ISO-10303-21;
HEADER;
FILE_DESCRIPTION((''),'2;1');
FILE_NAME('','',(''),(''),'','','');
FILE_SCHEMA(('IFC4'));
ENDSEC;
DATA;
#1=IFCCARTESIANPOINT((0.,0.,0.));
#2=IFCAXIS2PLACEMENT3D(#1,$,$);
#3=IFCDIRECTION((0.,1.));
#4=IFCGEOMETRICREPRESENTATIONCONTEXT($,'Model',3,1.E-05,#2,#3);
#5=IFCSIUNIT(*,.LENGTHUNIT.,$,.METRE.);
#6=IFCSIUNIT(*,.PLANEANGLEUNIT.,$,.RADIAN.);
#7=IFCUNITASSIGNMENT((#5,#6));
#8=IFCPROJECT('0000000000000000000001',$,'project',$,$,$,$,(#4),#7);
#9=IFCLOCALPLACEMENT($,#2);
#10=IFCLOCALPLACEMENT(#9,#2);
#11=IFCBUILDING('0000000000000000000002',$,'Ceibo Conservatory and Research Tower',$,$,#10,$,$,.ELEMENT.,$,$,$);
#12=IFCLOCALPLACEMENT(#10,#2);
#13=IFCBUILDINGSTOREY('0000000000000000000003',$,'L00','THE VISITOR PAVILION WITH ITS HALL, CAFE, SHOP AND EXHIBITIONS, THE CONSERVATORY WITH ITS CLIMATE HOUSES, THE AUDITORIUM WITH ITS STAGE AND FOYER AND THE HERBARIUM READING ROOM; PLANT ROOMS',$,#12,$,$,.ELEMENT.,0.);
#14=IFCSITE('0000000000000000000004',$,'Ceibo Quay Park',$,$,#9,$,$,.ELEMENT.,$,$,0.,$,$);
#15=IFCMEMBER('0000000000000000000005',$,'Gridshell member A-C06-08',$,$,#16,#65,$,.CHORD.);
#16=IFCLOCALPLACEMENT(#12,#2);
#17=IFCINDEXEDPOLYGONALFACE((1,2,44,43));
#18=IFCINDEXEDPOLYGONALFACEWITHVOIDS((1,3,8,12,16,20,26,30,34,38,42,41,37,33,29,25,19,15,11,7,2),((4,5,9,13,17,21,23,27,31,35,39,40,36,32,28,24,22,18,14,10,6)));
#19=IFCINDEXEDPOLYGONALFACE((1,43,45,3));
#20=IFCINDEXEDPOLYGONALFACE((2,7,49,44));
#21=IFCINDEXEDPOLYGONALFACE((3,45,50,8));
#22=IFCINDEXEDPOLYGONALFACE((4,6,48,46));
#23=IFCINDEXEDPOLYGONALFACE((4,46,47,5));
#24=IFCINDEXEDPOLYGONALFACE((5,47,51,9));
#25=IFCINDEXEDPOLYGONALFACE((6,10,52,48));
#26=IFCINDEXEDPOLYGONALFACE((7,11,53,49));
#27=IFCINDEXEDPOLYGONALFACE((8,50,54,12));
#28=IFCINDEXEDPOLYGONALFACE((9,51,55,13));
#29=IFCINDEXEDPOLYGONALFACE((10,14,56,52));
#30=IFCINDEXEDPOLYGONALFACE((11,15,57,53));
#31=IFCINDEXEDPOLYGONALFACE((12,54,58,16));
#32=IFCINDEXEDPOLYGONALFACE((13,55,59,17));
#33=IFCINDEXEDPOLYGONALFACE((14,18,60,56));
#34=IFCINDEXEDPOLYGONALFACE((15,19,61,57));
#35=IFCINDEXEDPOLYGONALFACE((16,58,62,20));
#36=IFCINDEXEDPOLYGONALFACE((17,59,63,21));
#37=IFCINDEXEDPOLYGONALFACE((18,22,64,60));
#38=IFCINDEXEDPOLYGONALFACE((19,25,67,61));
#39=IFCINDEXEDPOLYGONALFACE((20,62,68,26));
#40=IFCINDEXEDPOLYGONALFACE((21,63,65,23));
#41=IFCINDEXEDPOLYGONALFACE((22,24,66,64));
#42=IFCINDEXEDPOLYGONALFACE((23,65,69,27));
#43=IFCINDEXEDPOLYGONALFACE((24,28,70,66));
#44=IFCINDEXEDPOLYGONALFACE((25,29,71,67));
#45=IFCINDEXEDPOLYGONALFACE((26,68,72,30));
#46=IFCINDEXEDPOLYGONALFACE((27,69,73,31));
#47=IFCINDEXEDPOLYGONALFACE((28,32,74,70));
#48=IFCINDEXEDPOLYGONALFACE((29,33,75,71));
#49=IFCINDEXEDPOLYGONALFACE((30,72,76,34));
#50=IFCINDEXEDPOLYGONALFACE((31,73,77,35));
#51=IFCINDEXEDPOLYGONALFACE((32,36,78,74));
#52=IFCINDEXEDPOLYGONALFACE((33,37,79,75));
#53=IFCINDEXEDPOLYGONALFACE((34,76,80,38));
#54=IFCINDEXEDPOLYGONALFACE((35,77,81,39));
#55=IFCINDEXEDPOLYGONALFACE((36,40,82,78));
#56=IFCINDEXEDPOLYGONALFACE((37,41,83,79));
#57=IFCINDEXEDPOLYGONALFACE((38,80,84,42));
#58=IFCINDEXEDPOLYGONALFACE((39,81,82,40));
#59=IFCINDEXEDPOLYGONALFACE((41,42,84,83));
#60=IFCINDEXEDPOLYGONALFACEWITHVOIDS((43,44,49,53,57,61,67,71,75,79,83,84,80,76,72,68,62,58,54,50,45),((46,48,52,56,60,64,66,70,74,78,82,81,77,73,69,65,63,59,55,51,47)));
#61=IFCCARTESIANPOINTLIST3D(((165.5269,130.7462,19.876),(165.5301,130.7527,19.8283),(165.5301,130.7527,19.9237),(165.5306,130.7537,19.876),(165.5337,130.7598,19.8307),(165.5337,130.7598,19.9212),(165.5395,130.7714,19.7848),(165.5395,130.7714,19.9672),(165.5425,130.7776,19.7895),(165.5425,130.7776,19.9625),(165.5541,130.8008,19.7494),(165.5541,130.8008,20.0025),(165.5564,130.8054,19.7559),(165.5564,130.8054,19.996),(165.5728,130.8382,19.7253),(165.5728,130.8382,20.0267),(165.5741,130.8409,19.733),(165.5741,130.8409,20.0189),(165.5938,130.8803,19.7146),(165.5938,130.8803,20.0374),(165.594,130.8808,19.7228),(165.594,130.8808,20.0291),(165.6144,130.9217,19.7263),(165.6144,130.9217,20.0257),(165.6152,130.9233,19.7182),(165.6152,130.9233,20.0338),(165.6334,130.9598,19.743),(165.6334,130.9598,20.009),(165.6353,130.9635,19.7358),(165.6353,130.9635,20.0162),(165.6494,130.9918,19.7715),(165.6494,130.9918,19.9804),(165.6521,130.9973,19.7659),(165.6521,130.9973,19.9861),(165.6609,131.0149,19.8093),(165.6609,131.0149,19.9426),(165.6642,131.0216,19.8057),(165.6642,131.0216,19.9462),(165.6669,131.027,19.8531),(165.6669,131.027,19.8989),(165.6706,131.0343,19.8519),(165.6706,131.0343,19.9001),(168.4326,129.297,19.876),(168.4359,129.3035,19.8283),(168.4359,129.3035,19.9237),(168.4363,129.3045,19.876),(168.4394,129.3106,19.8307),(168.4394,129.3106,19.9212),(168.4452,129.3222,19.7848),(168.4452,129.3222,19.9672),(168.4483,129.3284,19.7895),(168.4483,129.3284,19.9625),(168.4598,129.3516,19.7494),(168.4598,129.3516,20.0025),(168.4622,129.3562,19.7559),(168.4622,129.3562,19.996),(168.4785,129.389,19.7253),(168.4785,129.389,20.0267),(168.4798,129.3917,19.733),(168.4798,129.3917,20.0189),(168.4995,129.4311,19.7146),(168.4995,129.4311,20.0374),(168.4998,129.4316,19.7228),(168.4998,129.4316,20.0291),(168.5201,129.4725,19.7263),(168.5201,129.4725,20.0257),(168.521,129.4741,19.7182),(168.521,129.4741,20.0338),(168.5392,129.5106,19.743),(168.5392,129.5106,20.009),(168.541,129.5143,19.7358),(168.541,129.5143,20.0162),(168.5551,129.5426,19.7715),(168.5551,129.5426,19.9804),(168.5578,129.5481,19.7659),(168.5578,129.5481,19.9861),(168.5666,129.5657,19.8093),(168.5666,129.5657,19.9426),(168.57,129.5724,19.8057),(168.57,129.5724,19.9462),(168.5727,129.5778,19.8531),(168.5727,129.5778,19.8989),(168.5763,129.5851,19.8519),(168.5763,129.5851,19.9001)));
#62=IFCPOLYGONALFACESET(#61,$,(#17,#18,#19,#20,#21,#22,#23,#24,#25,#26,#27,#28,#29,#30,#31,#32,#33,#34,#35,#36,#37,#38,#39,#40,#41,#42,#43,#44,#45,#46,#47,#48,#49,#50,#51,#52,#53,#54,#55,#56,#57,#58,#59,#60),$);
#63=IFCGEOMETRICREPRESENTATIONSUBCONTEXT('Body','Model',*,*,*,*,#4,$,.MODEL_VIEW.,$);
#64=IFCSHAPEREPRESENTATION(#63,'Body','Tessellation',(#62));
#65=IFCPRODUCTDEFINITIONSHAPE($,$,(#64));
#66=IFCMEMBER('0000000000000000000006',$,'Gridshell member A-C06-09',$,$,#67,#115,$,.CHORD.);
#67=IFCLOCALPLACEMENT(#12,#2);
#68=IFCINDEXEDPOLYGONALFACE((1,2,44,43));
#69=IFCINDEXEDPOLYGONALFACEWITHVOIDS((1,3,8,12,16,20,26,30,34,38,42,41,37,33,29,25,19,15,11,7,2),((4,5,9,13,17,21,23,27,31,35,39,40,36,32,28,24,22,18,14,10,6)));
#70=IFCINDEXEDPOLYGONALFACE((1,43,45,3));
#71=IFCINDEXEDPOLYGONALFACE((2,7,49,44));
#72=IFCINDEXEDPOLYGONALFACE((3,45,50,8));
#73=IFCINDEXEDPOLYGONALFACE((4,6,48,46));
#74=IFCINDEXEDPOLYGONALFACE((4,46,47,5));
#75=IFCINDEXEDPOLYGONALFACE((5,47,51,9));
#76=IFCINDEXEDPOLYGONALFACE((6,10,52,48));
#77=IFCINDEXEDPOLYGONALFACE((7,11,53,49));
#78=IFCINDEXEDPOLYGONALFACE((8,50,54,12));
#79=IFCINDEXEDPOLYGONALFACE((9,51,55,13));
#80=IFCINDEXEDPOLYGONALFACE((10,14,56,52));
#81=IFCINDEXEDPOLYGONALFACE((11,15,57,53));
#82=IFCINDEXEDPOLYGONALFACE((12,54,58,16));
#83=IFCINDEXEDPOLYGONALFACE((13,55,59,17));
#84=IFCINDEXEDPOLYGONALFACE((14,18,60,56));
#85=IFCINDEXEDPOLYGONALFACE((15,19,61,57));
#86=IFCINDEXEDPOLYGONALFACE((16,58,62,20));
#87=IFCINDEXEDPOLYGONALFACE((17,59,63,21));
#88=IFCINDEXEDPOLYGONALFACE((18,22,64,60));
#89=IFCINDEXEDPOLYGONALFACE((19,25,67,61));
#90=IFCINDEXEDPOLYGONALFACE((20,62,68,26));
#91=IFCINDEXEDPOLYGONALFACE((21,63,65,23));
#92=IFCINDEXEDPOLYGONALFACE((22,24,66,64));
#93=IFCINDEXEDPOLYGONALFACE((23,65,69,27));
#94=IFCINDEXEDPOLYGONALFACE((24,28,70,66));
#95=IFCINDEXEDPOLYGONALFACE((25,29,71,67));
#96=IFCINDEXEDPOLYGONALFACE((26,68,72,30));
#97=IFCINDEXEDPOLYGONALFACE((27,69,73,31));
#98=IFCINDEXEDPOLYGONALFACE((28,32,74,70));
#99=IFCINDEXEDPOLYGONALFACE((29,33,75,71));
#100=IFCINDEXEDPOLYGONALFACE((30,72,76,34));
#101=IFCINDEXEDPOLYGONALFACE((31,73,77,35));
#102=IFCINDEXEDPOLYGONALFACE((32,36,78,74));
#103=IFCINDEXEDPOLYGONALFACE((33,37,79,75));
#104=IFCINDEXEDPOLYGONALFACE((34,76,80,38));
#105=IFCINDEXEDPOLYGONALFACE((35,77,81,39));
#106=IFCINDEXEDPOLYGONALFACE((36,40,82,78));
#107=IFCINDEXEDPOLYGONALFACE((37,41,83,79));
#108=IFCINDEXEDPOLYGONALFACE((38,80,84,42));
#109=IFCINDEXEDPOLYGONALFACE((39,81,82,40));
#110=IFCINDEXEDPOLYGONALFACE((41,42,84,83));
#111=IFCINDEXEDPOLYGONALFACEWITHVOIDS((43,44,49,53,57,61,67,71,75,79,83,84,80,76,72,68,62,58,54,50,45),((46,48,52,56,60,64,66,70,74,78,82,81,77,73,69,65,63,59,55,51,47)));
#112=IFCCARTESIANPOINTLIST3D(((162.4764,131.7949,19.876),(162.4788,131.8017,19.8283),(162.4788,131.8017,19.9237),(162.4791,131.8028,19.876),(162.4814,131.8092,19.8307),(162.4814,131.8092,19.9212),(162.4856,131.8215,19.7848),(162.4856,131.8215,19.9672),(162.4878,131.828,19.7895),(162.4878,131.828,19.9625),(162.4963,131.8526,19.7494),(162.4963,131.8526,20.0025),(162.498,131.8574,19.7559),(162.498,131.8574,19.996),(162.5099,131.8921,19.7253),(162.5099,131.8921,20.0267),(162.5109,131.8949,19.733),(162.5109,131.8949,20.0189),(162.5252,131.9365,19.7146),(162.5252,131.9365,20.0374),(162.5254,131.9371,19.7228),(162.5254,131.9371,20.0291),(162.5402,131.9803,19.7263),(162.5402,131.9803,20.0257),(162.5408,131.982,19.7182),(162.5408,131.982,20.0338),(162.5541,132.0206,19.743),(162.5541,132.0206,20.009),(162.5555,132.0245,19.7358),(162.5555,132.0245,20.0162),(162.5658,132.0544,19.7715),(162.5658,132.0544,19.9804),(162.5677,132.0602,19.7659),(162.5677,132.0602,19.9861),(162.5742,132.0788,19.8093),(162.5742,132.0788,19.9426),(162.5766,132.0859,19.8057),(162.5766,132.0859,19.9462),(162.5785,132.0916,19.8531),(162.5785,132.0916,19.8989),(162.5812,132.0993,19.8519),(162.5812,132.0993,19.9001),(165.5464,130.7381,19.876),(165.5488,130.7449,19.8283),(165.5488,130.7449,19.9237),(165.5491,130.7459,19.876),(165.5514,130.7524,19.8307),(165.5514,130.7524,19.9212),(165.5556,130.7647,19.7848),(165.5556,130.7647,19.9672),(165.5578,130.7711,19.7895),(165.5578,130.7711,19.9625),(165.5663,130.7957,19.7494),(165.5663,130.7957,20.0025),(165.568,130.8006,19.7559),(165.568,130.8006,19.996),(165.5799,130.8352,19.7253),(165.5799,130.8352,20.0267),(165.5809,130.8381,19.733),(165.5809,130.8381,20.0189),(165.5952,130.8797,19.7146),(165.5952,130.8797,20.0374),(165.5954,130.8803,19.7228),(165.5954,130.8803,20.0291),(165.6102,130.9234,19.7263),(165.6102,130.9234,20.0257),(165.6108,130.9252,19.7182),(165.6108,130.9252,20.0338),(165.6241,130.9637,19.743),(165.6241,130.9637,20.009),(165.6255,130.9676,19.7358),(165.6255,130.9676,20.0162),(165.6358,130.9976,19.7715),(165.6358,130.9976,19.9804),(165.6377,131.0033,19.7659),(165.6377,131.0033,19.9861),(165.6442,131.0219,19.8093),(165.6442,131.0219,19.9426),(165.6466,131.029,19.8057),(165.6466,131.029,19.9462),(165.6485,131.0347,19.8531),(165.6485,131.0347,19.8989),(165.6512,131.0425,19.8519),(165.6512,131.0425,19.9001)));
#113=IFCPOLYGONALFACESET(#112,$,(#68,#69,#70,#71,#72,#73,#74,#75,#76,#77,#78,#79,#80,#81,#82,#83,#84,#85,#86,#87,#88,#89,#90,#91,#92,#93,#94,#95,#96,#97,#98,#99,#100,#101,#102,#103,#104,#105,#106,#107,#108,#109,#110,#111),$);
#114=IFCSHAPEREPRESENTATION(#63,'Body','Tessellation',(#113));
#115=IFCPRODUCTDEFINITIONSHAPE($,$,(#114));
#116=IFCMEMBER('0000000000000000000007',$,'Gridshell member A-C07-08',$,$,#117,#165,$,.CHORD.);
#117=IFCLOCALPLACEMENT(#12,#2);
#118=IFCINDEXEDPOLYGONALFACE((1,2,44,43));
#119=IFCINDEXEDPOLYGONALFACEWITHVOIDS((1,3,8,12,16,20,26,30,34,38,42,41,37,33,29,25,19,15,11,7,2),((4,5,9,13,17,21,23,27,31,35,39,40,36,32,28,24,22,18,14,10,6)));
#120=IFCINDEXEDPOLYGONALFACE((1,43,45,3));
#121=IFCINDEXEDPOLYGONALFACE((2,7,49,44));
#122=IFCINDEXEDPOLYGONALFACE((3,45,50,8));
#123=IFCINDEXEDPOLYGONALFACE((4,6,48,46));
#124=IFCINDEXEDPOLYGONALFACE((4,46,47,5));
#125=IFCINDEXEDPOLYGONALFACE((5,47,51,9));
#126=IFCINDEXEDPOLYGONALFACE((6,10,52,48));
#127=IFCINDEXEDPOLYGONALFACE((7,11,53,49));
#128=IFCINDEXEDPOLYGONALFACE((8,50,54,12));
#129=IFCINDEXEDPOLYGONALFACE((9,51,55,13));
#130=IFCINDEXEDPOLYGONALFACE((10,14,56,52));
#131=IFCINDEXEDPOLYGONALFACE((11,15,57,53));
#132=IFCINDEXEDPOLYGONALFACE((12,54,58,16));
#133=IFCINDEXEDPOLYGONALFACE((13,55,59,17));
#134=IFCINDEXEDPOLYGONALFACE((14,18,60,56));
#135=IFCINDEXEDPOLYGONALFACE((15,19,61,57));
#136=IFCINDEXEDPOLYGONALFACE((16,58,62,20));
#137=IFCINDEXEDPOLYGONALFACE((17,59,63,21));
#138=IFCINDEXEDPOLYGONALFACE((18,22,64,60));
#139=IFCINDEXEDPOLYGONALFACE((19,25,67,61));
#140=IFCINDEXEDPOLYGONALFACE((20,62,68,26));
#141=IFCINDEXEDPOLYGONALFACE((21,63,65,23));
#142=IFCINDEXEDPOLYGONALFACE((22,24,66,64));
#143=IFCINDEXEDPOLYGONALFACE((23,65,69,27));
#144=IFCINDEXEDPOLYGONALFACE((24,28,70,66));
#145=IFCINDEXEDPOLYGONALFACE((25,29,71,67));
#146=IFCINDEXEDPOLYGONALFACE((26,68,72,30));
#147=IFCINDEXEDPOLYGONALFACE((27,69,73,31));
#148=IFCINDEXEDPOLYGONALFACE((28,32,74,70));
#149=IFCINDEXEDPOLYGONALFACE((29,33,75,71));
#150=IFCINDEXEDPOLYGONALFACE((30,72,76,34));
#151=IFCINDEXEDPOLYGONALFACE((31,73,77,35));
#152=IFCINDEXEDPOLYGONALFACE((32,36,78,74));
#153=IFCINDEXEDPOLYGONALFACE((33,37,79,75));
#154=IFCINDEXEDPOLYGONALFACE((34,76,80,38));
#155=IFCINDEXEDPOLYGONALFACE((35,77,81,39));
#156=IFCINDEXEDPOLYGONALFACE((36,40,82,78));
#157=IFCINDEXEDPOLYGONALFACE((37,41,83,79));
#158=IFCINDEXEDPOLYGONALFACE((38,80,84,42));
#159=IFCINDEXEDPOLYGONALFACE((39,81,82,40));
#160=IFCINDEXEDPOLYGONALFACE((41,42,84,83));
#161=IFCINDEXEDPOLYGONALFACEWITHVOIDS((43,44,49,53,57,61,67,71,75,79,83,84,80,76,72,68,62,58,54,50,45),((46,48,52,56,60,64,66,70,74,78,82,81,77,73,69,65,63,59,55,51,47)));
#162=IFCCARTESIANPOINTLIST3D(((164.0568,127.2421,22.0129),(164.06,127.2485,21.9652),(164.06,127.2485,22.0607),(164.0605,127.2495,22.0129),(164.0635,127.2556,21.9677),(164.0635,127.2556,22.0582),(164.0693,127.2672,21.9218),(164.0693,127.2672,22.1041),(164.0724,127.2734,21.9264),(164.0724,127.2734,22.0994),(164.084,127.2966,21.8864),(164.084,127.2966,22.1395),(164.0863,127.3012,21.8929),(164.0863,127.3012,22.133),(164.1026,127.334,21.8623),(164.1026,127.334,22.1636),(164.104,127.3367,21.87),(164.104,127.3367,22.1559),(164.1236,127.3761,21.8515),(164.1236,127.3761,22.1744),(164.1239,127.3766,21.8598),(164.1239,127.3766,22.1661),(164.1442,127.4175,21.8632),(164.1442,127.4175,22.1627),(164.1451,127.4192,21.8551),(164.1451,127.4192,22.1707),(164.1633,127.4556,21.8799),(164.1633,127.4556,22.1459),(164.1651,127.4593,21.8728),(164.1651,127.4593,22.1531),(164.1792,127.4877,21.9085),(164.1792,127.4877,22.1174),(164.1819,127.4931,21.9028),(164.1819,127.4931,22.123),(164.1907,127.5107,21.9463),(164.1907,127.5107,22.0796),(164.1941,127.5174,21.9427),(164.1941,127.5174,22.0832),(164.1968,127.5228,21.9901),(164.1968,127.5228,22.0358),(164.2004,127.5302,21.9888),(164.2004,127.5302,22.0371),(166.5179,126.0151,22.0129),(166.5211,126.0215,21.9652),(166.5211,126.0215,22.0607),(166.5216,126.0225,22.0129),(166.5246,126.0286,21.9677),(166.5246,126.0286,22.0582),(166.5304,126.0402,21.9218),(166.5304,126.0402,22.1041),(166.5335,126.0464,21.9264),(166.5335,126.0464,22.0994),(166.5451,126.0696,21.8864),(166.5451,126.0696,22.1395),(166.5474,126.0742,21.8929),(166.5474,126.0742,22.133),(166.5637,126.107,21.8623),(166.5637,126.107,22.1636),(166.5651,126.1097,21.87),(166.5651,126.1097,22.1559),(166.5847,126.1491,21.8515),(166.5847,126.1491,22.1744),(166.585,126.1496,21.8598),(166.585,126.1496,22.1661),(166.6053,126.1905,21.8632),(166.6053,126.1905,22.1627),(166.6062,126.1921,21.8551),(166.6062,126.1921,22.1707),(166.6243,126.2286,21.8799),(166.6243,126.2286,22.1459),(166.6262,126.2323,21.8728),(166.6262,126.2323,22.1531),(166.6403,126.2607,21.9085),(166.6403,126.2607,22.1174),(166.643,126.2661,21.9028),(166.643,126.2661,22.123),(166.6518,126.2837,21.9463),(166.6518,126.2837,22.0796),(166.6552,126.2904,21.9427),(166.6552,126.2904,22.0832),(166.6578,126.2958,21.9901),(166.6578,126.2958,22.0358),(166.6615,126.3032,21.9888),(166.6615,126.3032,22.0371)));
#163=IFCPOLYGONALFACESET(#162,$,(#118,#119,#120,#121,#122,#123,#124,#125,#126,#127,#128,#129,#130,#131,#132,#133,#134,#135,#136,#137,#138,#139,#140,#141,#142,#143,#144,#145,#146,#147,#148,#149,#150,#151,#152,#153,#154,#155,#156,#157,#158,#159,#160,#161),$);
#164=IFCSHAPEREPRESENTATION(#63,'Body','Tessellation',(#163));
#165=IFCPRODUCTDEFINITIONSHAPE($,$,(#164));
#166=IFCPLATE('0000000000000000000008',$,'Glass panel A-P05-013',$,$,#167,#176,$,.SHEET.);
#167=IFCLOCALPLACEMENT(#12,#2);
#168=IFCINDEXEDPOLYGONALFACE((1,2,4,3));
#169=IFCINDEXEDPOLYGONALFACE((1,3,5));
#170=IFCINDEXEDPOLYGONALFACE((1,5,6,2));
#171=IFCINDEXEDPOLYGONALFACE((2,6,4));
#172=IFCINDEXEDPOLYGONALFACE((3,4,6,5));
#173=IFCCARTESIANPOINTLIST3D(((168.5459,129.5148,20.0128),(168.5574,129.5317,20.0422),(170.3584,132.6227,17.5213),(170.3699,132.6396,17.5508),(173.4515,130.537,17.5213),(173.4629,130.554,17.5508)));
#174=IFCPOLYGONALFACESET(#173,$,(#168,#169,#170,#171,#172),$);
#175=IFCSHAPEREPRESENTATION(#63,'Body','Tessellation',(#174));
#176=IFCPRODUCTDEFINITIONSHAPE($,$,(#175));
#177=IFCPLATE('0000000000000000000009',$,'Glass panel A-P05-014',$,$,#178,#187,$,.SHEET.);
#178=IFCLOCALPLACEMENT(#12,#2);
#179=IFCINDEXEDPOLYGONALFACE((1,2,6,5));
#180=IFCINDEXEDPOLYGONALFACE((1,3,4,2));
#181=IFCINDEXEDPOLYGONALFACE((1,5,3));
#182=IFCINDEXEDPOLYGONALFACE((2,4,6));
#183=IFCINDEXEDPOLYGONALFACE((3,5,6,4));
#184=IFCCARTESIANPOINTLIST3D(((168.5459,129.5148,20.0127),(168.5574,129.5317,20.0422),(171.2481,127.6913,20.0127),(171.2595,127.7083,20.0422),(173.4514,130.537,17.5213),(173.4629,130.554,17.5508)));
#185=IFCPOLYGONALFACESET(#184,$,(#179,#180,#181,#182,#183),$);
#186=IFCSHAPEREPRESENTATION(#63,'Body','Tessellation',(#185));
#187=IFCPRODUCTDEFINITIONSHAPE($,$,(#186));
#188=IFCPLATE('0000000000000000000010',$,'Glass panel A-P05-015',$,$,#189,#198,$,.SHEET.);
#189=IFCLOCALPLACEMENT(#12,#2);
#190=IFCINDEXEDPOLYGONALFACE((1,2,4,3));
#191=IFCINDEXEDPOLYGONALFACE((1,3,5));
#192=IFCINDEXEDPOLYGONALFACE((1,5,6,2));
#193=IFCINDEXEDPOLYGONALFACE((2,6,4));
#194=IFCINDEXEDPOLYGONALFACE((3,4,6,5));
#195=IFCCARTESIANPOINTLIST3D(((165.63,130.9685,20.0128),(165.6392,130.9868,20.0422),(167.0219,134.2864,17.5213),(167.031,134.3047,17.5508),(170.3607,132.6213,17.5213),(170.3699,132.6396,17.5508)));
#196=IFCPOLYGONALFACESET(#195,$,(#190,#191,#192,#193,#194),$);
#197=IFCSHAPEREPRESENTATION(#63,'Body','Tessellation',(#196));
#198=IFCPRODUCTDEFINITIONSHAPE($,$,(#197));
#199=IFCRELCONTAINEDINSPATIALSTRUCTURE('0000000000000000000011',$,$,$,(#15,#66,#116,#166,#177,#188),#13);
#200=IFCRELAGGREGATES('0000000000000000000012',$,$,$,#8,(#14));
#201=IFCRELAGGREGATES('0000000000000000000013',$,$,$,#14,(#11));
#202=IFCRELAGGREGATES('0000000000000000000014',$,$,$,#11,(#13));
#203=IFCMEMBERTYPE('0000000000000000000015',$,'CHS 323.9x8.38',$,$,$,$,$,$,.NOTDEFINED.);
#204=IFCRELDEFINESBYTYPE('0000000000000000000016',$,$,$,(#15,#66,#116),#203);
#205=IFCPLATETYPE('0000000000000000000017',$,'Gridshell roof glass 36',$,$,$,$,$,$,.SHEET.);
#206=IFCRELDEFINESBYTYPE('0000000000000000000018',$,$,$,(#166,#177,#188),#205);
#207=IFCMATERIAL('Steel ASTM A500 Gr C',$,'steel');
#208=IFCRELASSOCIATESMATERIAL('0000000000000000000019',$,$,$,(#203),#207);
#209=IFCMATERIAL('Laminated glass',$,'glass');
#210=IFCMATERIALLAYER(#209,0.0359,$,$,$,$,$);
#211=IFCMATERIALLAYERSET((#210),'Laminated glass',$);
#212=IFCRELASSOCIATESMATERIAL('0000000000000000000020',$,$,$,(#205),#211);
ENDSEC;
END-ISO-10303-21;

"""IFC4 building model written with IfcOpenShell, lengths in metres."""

from ifc_helpers import new_model, si_unit, direction, frame, origin, origin_2d, place, context, subcontext, project, spatial, polyline, hollow_circle, outline, extrude, material, layer, layer_set, material_profile, profile_set, type_object, element, save


model = new_model("IFC4")

# Units and contexts
model_context = context("Model", 3, precision=1e-05, world=origin(), true_north=direction((0.0, 1.0)))
body_context = subcontext(model_context, "Body", "Model", "MODEL_VIEW")
ifc_project = project(units=[si_unit("LENGTHUNIT", "METRE"), si_unit("PLANEANGLEUNIT", "RADIAN")], contexts=[model_context])

# Site, building, storey
site_placement = place(None, origin())
site = spatial("IfcSite", under=ifc_project, at=site_placement, Name="Ceibo Quay Park", CompositionType="ELEMENT", RefElevation=0.0)
building_placement = place(site_placement, origin())
building = spatial("IfcBuilding", under=site, at=building_placement, Name="Ceibo Conservatory and Research Tower", CompositionType="ELEMENT")
storey_placement = place(building_placement, origin())
storey = spatial("IfcBuildingStorey", under=building, at=storey_placement, Name="L00", Description="THE VISITOR PAVILION WITH ITS HALL, CAFE, SHOP AND EXHIBITIONS, THE CONSERVATORY WITH ITS CLIMATE HOUSES, THE AUDITORIUM WITH ITS STAGE AND FOYER AND THE HERBARIUM READING ROOM; PLANT ROOMS", CompositionType="ELEMENT", Elevation=0.0)

# Members
ifc_material_1 = material(Name="Steel ASTM A500 Gr C", Category="steel")
ifc_material_profile_1 = material_profile(ifc_material_1, hollow_circle(Radius=0.1619, WallThickness=0.0083, at=origin_2d()), Name="CHS 323.9x8.38")
ifc_profile_set_1 = profile_set([ifc_material_profile_1], Name="Steel ASTM A500 Gr C")
member_type_1 = type_object("IfcMemberType", Name="CHS 323.9x8.38", PredefinedType="NOTDEFINED", material=ifc_profile_set_1)
member_1_placement = place(storey_placement, frame((168.5049, 129.4419, 19.876), z_axis=(-0.894878, 0.446311, 0.0), x_axis=(-0.446311, -0.894878, 0.0)))
element("IfcMember", 1, at=member_1_placement, inside=storey, type_object=member_type_1, Name="Gridshell member A-C06-08", PredefinedType="CHORD", context=body_context, shape_type="SweptSolid", body=[
    extrude(hollow_circle(Radius=0.1619, WallThickness=0.0083, at=origin_2d()), origin(), (0.0, 0.0, 1.0), 3.2471),
])
member_2_placement = place(storey_placement, frame((165.5991, 130.8911, 19.876), z_axis=(-0.94554, 0.325506, 0.0), x_axis=(-0.325506, -0.94554, 0.0)))
element("IfcMember", 2, at=member_2_placement, inside=storey, type_object=member_type_1, Name="Gridshell member A-C06-09", PredefinedType="CHORD", context=body_context, shape_type="SweptSolid", body=[
    extrude(hollow_circle(Radius=0.1619, WallThickness=0.0083, at=origin_2d()), origin(), (0.0, 0.0, 1.0), 3.2468),
])
member_3_placement = place(storey_placement, frame((166.5901, 126.1599, 22.0129), z_axis=(-0.894941, 0.446184, 0.0), x_axis=(-0.446184, -0.894941, 0.0)))
element("IfcMember", 3, at=member_3_placement, inside=storey, type_object=member_type_1, Name="Gridshell member A-C07-08", PredefinedType="CHORD", context=body_context, shape_type="SweptSolid", body=[
    extrude(hollow_circle(Radius=0.1619, WallThickness=0.0083, at=origin_2d()), origin(), (0.0, 0.0, 1.0), 2.75),
])

# Plates
ifc_material_2 = material(Name="Laminated glass", Category="glass")
ifc_layer = layer(ifc_material_2, 0.0359)
ifc_layer_set = layer_set([ifc_layer], Name="Laminated glass")
plate_type = type_object("IfcPlateType", Name="Gridshell roof glass 36", PredefinedType="SHEET", material=ifc_layer_set)
plate_1_placement = place(storey_placement, frame((173.4629, 130.554, 17.5508), z_axis=(0.318754, 0.472703, 0.821552), x_axis=(-0.829109, 0.559087, 0.0)))
element("IfcPlate", 4, at=plate_1_placement, inside=storey, type_object=plate_type, Name="Glass panel A-P05-013", PredefinedType="SHEET", context=body_context, shape_type="SweptSolid", body=[
    extrude(outline(polyline([(0.0, 0.0), (3.7305, 0.0), (3.4957, 4.37), (0.0, 0.0)])), origin(), (0.0, 0.0, -1.0), 0.0359),
])
plate_2_placement = place(storey_placement, frame((173.4629, 130.554, 17.5508), z_axis=(0.318846, 0.472484, 0.821642), x_axis=(-0.876595, -0.182666, 0.445212)))
element("IfcPlate", 5, at=plate_2_placement, inside=storey, type_object=plate_type, Name="Glass panel A-P05-014", PredefinedType="SHEET", context=body_context, shape_type="SweptSolid", body=[
    extrude(outline(polyline([(0.0, 0.0), (5.5961, 0.0), (3.5605, 2.5462), (0.0, 0.0)])), origin(), (0.0, 0.0, -1.0), 0.0359),
])
plate_3_placement = place(storey_placement, frame((170.3699, 132.6396, 17.5508), z_axis=(0.254427, 0.510196, 0.821564), x_axis=(-0.894898, 0.446271, 0.0)))
element("IfcPlate", 6, at=plate_3_placement, inside=storey, type_object=plate_type, Name="Glass panel A-P05-015", PredefinedType="SHEET", context=body_context, shape_type="SweptSolid", body=[
    extrude(outline(polyline([(0.0, 0.0), (3.731, 0.0), (3.4959, 4.3701), (0.0, 0.0)])), origin(), (0.0, 0.0, -1.0), 0.0359),
])

save(model, "model.ifc")
